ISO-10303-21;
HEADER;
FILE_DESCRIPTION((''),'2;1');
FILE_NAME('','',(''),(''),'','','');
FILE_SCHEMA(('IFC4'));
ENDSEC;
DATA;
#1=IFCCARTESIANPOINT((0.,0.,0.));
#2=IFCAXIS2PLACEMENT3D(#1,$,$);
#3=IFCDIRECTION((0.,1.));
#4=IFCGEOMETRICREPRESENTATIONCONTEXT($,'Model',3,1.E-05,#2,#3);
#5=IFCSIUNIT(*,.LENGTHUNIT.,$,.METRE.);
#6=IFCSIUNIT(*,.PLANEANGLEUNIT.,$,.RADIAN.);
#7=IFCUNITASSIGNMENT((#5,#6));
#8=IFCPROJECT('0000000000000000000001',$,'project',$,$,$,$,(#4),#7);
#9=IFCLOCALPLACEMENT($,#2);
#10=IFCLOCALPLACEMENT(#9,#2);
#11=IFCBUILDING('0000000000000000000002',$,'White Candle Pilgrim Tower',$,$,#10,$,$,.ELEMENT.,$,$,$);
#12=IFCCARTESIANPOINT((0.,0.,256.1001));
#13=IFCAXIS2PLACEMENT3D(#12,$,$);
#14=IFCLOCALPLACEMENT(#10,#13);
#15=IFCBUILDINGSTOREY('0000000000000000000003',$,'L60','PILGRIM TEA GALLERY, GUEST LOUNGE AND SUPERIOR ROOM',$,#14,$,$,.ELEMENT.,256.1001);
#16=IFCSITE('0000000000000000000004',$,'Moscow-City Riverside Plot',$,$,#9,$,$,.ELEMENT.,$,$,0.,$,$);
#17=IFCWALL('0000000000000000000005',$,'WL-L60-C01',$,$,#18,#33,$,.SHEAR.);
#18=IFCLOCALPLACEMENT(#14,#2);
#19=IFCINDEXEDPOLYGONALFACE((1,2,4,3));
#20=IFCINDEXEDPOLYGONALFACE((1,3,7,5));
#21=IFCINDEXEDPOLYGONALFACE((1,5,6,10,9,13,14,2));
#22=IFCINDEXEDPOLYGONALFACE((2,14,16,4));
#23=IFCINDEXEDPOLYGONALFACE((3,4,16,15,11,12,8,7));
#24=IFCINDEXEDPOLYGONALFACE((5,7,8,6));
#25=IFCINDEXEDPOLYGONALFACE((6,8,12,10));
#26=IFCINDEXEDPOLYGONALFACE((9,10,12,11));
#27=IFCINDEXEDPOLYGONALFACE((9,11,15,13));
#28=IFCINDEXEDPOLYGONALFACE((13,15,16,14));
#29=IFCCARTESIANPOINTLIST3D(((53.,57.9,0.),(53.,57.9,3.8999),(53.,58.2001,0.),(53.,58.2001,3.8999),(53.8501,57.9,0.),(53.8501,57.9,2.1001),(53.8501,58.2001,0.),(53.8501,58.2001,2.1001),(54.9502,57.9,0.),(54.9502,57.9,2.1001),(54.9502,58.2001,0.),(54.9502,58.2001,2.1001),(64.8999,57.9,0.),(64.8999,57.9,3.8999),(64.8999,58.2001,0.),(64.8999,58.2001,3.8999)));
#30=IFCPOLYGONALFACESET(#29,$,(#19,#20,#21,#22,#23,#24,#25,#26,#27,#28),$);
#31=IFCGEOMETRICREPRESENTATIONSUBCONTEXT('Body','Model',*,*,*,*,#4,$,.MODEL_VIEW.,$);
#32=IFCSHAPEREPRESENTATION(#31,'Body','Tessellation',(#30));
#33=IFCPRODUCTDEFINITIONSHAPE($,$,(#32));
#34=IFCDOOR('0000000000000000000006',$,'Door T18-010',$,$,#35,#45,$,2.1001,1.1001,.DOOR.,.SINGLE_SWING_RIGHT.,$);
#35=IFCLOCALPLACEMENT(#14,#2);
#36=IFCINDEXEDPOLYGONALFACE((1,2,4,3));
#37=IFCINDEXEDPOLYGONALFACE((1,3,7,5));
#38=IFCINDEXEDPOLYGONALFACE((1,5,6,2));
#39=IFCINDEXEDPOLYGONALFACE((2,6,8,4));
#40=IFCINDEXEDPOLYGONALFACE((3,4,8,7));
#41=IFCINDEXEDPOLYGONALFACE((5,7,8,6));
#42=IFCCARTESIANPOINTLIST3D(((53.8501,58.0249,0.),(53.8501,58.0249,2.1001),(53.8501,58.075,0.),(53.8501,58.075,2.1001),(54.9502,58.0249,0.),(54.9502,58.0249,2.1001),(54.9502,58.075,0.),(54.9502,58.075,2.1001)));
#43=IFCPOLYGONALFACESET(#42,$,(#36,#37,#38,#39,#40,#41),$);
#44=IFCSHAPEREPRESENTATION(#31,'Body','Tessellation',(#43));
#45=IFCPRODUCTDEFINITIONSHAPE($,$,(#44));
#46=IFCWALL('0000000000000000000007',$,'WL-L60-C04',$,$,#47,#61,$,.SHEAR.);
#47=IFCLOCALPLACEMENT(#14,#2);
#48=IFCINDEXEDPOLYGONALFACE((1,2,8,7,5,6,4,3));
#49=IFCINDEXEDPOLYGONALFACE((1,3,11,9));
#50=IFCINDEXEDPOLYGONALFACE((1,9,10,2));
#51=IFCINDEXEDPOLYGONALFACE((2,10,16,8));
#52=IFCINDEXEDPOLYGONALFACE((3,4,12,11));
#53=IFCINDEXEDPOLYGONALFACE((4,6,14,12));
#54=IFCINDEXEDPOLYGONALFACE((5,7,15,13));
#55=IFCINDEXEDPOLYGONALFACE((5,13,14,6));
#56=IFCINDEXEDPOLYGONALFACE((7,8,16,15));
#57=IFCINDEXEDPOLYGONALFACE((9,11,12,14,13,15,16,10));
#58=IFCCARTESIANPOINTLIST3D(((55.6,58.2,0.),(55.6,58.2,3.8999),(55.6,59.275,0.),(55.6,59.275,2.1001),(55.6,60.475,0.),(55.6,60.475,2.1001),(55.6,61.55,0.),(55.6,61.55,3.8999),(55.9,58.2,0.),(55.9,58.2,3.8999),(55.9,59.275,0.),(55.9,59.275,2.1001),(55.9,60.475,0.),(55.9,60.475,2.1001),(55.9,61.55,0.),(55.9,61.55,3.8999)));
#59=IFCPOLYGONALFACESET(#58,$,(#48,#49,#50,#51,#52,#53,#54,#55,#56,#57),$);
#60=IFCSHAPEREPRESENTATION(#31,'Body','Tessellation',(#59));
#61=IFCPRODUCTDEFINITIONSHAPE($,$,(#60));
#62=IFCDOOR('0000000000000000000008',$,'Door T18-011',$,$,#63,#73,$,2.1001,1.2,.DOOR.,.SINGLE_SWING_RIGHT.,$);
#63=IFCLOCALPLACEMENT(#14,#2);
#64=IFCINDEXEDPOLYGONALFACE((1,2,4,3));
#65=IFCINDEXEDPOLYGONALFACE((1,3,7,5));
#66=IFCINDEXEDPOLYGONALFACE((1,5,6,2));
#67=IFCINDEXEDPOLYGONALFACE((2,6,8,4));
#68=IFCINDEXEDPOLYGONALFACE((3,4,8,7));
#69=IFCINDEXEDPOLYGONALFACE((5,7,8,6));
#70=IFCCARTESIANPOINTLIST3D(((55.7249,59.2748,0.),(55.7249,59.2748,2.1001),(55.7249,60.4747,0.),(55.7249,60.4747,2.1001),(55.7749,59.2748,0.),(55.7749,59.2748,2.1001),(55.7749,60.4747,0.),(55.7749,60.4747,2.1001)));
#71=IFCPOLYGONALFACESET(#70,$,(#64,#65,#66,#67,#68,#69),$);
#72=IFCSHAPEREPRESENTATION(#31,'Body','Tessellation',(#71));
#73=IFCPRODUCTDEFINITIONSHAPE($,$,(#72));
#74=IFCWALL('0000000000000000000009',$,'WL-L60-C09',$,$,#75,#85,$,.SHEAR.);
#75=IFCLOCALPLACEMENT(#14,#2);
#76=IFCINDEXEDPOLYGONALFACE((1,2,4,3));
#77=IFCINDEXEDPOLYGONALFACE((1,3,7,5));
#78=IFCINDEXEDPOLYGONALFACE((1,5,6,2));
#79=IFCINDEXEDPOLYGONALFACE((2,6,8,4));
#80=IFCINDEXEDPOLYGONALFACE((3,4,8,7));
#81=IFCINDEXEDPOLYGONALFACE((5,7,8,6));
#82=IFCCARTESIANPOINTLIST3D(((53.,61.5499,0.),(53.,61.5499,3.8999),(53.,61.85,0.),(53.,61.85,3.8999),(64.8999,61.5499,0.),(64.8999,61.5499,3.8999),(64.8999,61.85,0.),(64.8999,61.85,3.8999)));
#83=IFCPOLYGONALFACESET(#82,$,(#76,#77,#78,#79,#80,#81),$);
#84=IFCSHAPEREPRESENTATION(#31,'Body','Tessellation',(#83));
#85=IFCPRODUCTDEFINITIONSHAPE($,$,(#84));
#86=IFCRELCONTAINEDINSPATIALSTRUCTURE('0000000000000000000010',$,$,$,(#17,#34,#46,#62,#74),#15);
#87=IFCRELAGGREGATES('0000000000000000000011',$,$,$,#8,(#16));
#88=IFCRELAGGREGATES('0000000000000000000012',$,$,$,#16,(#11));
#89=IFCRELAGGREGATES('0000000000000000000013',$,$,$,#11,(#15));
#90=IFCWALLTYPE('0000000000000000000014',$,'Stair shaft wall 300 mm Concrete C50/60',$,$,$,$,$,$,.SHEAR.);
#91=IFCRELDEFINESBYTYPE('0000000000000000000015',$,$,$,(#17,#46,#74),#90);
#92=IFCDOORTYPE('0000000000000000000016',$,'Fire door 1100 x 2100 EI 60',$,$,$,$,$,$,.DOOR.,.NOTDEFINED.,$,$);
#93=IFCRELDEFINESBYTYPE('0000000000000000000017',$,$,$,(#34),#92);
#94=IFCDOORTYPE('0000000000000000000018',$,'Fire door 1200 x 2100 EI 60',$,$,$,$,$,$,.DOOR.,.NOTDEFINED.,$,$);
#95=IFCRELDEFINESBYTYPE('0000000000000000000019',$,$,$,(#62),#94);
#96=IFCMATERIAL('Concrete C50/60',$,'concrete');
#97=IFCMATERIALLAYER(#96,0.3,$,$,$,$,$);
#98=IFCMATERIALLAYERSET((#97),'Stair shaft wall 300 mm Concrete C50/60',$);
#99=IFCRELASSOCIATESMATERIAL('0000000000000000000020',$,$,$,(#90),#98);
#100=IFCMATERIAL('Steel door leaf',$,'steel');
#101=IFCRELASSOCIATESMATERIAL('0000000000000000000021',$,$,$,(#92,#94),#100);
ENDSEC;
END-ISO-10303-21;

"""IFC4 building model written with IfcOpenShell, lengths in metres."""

from ifc_helpers import new_model, si_unit, direction, frame, frame_2d, origin, place, context, subcontext, project, spatial, rectangle, extrude, material, layer, layer_set, type_object, element, fill, save


model = new_model("IFC4")

# Units and contexts
model_context = context("Model", 3, precision=1e-05, world=origin(), true_north=direction((0.0, 1.0)))
body_context = subcontext(model_context, "Body", "Model", "MODEL_VIEW")
ifc_project = project(units=[si_unit("LENGTHUNIT", "METRE"), si_unit("PLANEANGLEUNIT", "RADIAN")], contexts=[model_context])

# Site, building, storey
site_placement = place(None, origin())
site = spatial("IfcSite", under=ifc_project, at=site_placement, Name="Moscow-City Riverside Plot", CompositionType="ELEMENT", RefElevation=0.0)
building_placement = place(site_placement, origin())
building = spatial("IfcBuilding", under=site, at=building_placement, Name="White Candle Pilgrim Tower", CompositionType="ELEMENT")
storey_placement = place(building_placement, frame((0.0, 0.0, 256.1001)))
storey = spatial("IfcBuildingStorey", under=building, at=storey_placement, Name="L60", Description="PILGRIM TEA GALLERY, GUEST LOUNGE AND SUPERIOR ROOM", CompositionType="ELEMENT", Elevation=256.1001)

# Shared definitions
ifc_material_1 = material(Name="Concrete C50/60", Category="concrete")

# Shared definitions
ifc_material_2 = material(Name="Steel door leaf", Category="steel")

# Walls, openings, doors
ifc_layer_1 = layer(ifc_material_1, 0.3)
ifc_layer_set_1 = layer_set([ifc_layer_1], Name="Stair shaft wall 300 mm Concrete C50/60")
wall_type_1 = type_object("IfcWallType", Name="Stair shaft wall 300 mm Concrete C50/60", PredefinedType="SHEAR", material=ifc_layer_set_1)
wall_1_placement = place(storey_placement, frame((53.0, 58.05, 0.0), z_axis=(0.0, 0.0, 1.0), x_axis=(1.0, 0.0, 0.0)))
wall_1 = element("IfcWall", 1, at=wall_1_placement, inside=storey, type_object=wall_type_1, Name="WL-L60-C01", PredefinedType="SHEAR", context=body_context, shape_type="SweptSolid", body=[
    extrude(rectangle(XDim=11.8999, YDim=0.3, at=frame_2d((5.95, 0.0))), origin(), (0.0, 0.0, 1.0), 3.8999),
])
opening_1_placement = place(wall_1_placement, frame((0.8501, 0.0, 0.0)))
opening_1 = element("IfcOpeningElement", 2, at=opening_1_placement, cuts=wall_1, PredefinedType="OPENING", context=body_context, shape_type="SweptSolid", body=[
    extrude(rectangle(XDim=1.1001, YDim=2.1001, at=frame_2d((0.55, 1.05))), frame((0.0, 0.1599, 0.0), z_axis=(0.0, -1.0, 0.0), x_axis=(1.0, 0.0, 0.0)), (0.0, 0.0, 1.0), 0.3201),
])
door_type_1 = type_object("IfcDoorType", Name="Fire door 1100 x 2100 EI 60", OperationType="NOTDEFINED", PredefinedType="DOOR", material=ifc_material_2)
door_1_placement = place(opening_1_placement, origin())
door_1 = element("IfcDoor", 3, at=door_1_placement, inside=storey, type_object=door_type_1, Name="Door T18-010", OperationType="SINGLE_SWING_RIGHT", OverallHeight=2.1001, OverallWidth=1.1001, PredefinedType="DOOR", context=body_context, shape_type="SweptSolid", body=[
    extrude(rectangle(XDim=1.1001, YDim=2.1001, at=frame_2d((0.55, 1.05))), frame((0.0, 0.0249, 0.0), z_axis=(0.0, -1.0, 0.0), x_axis=(1.0, 0.0, 0.0)), (0.0, 0.0, 1.0), 0.05),
])
fill(opening_1, door_1)
wall_2_placement = place(storey_placement, frame((55.75, 58.2, 0.0), z_axis=(0.0, 0.0, 1.0), x_axis=(0.0, 1.0, 0.0)))
wall_2 = element("IfcWall", 4, at=wall_2_placement, inside=storey, type_object=wall_type_1, Name="WL-L60-C04", PredefinedType="SHEAR", context=body_context, shape_type="SweptSolid", body=[
    extrude(rectangle(XDim=3.3501, YDim=0.3, at=frame_2d((1.675, 0.0))), origin(), (0.0, 0.0, 1.0), 3.8999),
])
opening_2_placement = place(wall_2_placement, frame((1.075, 0.0, 0.0)))
opening_2 = element("IfcOpeningElement", 5, at=opening_2_placement, cuts=wall_2, PredefinedType="OPENING", context=body_context, shape_type="SweptSolid", body=[
    extrude(rectangle(XDim=1.2, YDim=2.1001, at=frame_2d((0.6001, 1.05))), frame((0.0, 0.1599, 0.0), z_axis=(0.0, -1.0, 0.0), x_axis=(1.0, 0.0, 0.0)), (0.0, 0.0, 1.0), 0.3201),
])
door_type_2 = type_object("IfcDoorType", Name="Fire door 1200 x 2100 EI 60", OperationType="NOTDEFINED", PredefinedType="DOOR", material=ifc_material_2)
door_2_placement = place(opening_2_placement, frame((1.2, 0.0, 0.0), z_axis=(0.0, 0.0, 1.0), x_axis=(-1.0, 0.0, 0.0)))
door_2 = element("IfcDoor", 6, at=door_2_placement, inside=storey, type_object=door_type_2, Name="Door T18-011", OperationType="SINGLE_SWING_RIGHT", OverallHeight=2.1001, OverallWidth=1.2, PredefinedType="DOOR", context=body_context, shape_type="SweptSolid", body=[
    extrude(rectangle(XDim=1.2, YDim=2.1001, at=frame_2d((0.6001, 1.05))), frame((0.0, 0.0249, 0.0), z_axis=(0.0, -1.0, 0.0), x_axis=(1.0, 0.0, 0.0)), (0.0, 0.0, 1.0), 0.05),
])
fill(opening_2, door_2)

# Wall
wall_3_placement = place(storey_placement, frame((53.0, 61.7, 0.0), z_axis=(0.0, 0.0, 1.0), x_axis=(1.0, 0.0, 0.0)))
element("IfcWall", 7, at=wall_3_placement, inside=storey, type_object=wall_type_1, Name="WL-L60-C09", PredefinedType="SHEAR", context=body_context, shape_type="SweptSolid", body=[
    extrude(rectangle(XDim=11.8999, YDim=0.3, at=frame_2d((5.95, 0.0))), origin(), (0.0, 0.0, 1.0), 3.8999),
])

save(model, "model.ifc")
